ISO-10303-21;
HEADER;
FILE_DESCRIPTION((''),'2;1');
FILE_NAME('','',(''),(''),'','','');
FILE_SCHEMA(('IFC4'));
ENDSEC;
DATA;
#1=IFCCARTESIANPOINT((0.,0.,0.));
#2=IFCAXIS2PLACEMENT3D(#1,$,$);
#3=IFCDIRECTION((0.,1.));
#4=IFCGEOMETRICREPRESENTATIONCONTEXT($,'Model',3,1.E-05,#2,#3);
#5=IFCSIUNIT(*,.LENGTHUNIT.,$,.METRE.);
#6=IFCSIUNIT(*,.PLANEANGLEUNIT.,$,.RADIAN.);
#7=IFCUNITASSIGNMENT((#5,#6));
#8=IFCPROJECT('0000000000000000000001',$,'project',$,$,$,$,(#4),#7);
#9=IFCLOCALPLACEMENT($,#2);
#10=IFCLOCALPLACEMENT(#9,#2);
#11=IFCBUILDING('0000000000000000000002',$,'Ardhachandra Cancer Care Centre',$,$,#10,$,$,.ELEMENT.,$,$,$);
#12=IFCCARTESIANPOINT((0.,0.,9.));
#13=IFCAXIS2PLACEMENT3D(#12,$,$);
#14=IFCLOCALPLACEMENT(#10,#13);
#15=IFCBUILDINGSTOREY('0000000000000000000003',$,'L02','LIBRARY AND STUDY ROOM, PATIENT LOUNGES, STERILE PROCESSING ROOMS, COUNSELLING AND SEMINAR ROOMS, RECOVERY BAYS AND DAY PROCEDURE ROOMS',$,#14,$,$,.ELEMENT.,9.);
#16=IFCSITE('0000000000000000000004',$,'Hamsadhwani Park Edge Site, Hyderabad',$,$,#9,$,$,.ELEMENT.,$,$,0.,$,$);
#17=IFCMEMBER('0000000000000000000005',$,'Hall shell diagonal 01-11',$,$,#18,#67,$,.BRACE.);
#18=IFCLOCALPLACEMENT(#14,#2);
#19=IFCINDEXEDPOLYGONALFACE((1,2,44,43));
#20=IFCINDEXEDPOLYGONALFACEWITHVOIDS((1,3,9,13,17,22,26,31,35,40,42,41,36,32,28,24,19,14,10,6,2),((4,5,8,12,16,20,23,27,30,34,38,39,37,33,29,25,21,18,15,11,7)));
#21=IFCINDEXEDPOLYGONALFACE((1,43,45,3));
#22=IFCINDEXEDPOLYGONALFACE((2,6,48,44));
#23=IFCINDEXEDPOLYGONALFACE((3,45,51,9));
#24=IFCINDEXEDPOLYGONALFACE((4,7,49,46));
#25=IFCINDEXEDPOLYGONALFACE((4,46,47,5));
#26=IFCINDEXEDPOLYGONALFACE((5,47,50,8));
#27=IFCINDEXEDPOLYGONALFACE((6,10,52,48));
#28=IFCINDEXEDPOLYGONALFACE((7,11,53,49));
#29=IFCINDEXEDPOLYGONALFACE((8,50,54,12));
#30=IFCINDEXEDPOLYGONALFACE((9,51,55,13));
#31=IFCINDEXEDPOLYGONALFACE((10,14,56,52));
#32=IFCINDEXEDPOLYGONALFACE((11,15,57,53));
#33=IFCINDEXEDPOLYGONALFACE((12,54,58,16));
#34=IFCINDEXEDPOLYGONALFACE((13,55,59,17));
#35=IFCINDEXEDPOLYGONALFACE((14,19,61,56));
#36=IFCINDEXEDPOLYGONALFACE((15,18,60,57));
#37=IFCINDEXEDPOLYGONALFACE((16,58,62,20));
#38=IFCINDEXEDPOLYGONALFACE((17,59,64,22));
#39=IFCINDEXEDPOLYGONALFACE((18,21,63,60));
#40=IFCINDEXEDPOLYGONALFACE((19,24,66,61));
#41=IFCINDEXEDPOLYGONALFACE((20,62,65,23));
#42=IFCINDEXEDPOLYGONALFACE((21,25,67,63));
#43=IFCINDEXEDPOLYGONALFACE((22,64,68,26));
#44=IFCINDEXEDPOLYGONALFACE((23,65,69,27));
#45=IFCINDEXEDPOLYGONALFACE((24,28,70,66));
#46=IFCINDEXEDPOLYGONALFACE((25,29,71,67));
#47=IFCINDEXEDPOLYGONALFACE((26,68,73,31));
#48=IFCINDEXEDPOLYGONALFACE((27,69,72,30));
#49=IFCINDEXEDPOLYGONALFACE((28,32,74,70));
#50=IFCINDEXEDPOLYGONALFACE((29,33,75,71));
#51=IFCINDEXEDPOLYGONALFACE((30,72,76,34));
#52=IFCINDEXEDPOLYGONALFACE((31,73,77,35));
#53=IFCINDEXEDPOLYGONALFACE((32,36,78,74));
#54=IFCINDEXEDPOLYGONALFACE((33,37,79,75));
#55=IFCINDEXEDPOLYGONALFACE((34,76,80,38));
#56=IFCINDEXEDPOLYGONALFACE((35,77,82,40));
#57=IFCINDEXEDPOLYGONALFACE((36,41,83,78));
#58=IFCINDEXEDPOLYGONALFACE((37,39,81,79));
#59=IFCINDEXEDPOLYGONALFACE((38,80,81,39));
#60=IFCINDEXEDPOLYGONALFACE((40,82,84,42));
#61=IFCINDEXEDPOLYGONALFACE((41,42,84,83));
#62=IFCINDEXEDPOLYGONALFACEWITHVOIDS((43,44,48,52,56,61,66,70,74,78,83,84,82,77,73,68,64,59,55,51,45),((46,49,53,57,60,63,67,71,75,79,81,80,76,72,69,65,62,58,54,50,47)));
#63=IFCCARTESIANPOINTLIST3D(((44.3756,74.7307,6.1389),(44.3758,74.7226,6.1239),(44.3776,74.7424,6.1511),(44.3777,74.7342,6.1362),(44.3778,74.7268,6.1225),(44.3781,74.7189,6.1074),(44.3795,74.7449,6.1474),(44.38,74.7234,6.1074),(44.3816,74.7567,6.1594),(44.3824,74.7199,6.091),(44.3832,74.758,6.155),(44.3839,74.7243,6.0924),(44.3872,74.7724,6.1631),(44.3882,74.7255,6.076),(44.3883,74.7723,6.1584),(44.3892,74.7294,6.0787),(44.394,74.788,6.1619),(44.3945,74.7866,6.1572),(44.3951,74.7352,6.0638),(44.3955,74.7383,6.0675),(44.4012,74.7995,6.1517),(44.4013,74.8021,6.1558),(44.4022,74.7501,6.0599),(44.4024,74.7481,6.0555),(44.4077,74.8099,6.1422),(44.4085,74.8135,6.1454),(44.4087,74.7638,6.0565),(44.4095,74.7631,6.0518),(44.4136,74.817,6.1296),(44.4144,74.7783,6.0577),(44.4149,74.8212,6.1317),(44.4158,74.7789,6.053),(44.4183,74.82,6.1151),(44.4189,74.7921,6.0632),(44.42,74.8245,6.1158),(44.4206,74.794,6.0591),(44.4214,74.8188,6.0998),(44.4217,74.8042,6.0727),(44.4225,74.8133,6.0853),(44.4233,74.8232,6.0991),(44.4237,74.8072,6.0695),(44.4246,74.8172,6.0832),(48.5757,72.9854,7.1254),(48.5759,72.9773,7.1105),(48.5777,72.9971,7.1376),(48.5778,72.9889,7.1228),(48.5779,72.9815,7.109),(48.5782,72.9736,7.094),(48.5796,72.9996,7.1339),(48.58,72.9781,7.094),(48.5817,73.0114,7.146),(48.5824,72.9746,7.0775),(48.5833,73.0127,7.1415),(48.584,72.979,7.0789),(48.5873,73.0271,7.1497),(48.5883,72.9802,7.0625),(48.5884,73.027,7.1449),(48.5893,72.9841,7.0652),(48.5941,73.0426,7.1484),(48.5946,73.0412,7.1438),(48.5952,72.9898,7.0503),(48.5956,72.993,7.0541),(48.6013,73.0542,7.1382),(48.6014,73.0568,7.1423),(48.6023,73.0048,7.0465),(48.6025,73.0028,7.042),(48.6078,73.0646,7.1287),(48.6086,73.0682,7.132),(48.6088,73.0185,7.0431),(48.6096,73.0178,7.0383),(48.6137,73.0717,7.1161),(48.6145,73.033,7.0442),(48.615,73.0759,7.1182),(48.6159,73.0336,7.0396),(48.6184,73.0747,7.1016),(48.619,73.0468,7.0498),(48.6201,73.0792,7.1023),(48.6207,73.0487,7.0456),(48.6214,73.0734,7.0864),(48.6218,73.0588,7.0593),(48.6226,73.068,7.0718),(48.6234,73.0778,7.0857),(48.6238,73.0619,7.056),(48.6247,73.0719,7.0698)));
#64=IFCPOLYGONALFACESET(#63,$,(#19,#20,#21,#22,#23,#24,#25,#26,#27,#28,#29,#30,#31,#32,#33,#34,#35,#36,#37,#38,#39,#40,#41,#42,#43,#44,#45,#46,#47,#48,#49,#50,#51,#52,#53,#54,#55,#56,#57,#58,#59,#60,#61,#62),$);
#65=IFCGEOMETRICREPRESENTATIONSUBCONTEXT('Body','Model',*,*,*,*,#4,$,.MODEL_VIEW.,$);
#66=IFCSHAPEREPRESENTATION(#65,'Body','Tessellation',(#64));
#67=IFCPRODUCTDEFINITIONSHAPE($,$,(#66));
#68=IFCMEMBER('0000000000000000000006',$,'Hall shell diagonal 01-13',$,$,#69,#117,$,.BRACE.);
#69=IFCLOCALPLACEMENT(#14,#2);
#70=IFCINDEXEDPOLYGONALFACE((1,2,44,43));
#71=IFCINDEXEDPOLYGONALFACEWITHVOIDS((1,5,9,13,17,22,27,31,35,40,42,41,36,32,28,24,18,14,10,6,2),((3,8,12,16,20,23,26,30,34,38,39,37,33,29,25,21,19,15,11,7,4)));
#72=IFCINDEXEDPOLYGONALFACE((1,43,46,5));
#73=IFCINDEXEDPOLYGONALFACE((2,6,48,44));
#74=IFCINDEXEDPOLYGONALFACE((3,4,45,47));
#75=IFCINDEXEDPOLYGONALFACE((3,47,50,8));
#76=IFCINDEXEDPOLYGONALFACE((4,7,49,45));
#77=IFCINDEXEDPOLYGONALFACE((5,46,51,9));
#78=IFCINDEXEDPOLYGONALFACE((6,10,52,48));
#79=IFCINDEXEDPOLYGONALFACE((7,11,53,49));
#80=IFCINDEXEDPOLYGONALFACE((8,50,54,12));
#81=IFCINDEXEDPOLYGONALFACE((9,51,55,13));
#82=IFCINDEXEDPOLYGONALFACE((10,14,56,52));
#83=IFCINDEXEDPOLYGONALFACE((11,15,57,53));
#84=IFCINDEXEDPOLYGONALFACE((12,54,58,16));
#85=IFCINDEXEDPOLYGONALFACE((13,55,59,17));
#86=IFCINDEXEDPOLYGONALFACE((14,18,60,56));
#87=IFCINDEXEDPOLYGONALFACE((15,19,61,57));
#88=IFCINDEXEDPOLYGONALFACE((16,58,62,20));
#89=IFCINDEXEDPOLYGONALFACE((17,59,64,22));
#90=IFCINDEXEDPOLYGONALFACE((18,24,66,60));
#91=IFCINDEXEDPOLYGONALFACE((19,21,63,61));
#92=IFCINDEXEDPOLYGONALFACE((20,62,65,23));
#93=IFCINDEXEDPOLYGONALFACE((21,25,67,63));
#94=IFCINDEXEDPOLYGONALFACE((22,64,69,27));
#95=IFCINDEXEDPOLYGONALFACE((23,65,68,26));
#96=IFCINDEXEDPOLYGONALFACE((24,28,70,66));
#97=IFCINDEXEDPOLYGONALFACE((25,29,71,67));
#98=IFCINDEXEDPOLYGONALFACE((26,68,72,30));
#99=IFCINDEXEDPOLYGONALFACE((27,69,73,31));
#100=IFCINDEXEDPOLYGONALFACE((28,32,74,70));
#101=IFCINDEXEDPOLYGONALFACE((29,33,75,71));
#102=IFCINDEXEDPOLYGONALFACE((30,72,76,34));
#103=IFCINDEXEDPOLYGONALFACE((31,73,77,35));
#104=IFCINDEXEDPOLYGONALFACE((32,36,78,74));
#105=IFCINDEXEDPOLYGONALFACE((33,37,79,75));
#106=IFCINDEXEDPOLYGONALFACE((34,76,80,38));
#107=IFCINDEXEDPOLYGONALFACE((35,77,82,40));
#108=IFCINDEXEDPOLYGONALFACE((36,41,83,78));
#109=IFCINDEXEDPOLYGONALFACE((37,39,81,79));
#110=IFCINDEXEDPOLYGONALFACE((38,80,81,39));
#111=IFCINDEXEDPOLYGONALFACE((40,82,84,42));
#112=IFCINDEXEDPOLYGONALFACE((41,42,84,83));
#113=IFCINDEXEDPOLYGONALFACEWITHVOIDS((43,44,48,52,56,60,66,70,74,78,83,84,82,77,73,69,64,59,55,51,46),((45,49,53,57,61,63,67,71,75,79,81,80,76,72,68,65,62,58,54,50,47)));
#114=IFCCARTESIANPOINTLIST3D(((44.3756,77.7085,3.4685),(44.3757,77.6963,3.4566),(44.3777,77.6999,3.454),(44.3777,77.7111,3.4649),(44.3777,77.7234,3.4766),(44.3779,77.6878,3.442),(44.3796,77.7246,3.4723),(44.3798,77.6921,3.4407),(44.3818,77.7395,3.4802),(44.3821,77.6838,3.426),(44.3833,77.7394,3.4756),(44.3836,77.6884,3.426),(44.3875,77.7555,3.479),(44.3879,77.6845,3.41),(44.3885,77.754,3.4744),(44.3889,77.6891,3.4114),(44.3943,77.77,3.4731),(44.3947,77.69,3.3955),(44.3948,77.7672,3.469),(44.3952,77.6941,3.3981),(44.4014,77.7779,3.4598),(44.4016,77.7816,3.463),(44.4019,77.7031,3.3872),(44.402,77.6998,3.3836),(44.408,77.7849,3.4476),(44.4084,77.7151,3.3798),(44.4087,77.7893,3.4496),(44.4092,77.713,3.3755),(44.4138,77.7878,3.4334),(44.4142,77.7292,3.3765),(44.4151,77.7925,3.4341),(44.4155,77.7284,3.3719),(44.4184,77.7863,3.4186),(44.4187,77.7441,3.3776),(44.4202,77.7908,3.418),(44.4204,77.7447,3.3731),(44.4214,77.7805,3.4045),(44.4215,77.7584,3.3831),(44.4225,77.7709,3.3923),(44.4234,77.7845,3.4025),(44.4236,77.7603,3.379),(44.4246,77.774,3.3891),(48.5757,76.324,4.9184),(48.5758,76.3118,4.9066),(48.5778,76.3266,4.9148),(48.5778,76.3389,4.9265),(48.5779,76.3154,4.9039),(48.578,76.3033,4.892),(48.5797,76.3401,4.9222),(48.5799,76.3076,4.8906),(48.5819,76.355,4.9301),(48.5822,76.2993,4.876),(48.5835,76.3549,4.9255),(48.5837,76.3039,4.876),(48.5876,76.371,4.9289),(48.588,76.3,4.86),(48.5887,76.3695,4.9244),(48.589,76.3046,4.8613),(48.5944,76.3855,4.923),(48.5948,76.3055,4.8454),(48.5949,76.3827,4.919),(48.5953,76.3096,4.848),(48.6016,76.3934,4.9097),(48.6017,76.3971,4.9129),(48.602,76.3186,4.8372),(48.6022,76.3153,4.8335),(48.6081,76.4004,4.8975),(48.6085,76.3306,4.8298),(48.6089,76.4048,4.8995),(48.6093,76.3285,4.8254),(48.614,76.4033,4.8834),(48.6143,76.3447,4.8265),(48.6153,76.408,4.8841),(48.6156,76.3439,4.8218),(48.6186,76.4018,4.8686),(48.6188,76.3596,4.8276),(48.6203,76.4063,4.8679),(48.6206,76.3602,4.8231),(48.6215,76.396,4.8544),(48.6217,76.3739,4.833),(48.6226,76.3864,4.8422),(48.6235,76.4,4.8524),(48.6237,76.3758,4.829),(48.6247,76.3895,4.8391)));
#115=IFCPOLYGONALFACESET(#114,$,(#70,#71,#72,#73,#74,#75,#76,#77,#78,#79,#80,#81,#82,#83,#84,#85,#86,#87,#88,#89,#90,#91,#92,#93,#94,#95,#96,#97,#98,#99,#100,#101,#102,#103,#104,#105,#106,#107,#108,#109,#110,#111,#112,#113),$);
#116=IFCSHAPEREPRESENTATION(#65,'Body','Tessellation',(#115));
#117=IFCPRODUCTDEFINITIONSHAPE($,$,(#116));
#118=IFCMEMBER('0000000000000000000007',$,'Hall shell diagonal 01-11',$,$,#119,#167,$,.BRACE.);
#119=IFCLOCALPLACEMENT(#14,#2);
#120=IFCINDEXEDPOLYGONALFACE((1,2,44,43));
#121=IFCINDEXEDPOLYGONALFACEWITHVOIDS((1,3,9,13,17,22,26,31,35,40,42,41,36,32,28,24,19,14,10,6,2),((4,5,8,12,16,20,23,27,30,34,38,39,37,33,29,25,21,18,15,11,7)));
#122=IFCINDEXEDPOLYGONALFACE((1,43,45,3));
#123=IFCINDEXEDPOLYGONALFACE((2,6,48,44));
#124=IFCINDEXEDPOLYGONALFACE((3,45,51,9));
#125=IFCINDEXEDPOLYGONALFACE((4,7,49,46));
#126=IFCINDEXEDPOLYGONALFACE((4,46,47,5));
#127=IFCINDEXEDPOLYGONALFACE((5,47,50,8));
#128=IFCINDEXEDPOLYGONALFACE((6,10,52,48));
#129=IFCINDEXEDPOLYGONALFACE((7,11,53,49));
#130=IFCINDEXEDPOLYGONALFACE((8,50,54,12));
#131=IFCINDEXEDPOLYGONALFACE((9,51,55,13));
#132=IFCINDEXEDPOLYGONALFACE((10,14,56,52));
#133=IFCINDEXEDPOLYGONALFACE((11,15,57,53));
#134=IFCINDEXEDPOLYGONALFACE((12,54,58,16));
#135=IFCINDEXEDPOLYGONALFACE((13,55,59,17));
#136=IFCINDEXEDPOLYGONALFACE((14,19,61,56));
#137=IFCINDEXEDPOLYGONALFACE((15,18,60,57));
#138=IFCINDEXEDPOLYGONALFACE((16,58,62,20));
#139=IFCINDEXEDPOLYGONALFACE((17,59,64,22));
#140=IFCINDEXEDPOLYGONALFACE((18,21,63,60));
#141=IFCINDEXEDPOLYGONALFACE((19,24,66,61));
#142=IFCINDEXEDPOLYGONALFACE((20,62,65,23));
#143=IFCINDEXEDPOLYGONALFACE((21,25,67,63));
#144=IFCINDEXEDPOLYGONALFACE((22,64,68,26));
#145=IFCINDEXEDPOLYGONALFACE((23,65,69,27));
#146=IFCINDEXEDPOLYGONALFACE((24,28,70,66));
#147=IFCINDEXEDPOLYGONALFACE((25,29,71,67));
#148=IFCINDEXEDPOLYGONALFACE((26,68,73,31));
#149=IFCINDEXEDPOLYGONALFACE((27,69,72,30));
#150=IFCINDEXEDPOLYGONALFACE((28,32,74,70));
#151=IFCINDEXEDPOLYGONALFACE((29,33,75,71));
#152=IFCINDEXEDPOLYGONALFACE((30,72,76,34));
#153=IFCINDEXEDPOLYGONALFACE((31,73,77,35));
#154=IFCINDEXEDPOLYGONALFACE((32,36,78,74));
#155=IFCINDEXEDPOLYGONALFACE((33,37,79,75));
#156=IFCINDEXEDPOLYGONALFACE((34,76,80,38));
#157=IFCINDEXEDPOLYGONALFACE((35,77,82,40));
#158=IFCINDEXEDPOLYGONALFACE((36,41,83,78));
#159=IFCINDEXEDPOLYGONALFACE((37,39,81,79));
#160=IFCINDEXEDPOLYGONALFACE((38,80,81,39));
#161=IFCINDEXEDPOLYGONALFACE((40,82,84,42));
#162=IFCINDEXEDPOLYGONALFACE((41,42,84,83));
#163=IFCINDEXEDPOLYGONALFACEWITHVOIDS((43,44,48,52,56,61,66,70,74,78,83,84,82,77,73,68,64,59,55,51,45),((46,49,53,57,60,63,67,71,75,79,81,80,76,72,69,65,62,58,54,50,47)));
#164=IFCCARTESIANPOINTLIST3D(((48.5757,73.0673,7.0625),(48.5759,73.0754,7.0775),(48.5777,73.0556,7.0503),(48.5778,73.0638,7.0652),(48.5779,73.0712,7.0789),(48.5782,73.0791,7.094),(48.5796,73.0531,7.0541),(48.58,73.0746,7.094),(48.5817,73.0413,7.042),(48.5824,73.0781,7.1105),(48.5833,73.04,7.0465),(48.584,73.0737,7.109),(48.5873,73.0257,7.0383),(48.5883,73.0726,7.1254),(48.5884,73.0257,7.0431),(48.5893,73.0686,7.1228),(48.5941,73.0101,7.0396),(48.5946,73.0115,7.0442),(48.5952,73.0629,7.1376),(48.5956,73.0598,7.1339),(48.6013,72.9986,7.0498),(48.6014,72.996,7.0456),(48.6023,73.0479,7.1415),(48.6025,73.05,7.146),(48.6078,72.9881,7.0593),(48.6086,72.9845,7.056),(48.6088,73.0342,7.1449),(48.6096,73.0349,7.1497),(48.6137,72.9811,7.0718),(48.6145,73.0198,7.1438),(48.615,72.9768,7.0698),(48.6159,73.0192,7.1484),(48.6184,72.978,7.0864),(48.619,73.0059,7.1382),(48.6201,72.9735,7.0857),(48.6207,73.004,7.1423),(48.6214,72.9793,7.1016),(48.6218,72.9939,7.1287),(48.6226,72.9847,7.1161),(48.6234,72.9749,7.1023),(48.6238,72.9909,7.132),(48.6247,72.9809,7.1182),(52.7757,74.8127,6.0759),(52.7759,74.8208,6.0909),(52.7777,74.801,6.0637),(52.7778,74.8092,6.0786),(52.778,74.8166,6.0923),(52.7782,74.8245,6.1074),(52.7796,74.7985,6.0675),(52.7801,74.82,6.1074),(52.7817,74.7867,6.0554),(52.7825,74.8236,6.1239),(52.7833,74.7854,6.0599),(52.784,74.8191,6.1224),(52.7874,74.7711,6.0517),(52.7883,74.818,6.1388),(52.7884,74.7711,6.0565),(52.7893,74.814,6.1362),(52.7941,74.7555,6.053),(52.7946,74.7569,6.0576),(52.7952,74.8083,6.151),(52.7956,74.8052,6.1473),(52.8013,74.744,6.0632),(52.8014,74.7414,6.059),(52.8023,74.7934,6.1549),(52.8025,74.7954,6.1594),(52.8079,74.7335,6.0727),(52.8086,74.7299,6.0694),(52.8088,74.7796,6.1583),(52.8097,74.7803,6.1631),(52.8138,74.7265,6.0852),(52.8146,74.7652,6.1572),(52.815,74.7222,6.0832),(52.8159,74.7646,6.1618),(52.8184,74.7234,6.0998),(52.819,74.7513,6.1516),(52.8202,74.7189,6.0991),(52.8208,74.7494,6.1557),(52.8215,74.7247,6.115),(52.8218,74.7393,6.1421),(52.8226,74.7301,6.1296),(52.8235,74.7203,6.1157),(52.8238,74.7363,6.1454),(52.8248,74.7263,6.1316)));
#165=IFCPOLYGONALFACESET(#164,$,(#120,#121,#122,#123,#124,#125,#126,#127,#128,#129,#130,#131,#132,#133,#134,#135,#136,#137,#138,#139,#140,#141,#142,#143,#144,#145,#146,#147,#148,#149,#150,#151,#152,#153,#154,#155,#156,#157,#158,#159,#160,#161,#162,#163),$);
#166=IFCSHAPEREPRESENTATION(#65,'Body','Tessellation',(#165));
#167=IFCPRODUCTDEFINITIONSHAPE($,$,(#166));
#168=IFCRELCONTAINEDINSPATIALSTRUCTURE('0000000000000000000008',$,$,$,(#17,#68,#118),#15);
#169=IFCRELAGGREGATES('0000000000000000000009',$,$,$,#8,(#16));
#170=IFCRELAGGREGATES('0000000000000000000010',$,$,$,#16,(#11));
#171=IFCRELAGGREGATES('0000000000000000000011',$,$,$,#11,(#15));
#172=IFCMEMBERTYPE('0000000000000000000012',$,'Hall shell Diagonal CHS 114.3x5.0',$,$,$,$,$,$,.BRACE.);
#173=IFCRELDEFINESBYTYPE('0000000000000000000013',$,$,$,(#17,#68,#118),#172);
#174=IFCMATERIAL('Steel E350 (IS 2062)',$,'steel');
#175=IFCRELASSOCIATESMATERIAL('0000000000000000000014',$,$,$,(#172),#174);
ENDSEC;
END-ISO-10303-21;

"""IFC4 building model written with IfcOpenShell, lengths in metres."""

from ifc_helpers import new_model, si_unit, direction, frame, origin, origin_2d, place, context, subcontext, project, spatial, hollow_circle, extrude, material, material_profile, profile_set, type_object, element, save


model = new_model("IFC4")

# Units and contexts
model_context = context("Model", 3, precision=1e-05, world=origin(), true_north=direction((0.0, 1.0)))
body_context = subcontext(model_context, "Body", "Model", "MODEL_VIEW")
ifc_project = project(units=[si_unit("LENGTHUNIT", "METRE"), si_unit("PLANEANGLEUNIT", "RADIAN")], contexts=[model_context])

# Site, building, storey
site_placement = place(None, origin())
site = spatial("IfcSite", under=ifc_project, at=site_placement, Name="Hamsadhwani Park Edge Site, Hyderabad", CompositionType="ELEMENT", RefElevation=0.0)
building_placement = place(site_placement, origin())
building = spatial("IfcBuilding", under=site, at=building_placement, Name="Ardhachandra Cancer Care Centre", CompositionType="ELEMENT")
storey_placement = place(building_placement, frame((0.0, 0.0, 9.0)))
storey = spatial("IfcBuildingStorey", under=building, at=storey_placement, Name="L02", Description="LIBRARY AND STUDY ROOM, PATIENT LOUNGES, STERILE PROCESSING ROOMS, COUNSELLING AND SEMINAR ROOMS, RECOVERY BAYS AND DAY PROCEDURE ROOMS", CompositionType="ELEMENT", Elevation=9.0)

# Members
ifc_material_1 = material(Name="Steel E350 (IS 2062)", Category="steel")
ifc_material_profile_1 = material_profile(ifc_material_1, hollow_circle(Radius=0.0571, WallThickness=0.0049, at=origin_2d()), Name="CHS 114.3x5.0")
ifc_profile_set_1 = profile_set([ifc_material_profile_1], Name="Steel E350 (IS 2062)")
member_type_1 = type_object("IfcMemberType", Name="Hall shell Diagonal CHS 114.3x5.0", PredefinedType="BRACE", material=ifc_profile_set_1)
for number, where, z_axis, x_axis, name in (
    (1, (48.6001, 73.0264, 7.094), (-0.902459, 0.375011, -0.211976), (-0.383731, -0.923445, 0.0), "Hall shell diagonal 01-11"),
    (2, (48.6001, 76.3535, 4.876), (-0.902467, 0.297483, -0.311541), (-0.313063, -0.949732, 0.0), "Hall shell diagonal 01-13"),
    (3, (48.6001, 73.0264, 7.094), (0.90245, 0.375028, -0.211986), (-0.38375, 0.923437, 0.0), "Hall shell diagonal 01-11"),
):
    element("IfcMember", number, at=place(storey_placement, frame(where, z_axis=z_axis, x_axis=x_axis)), inside=storey, type_object=member_type_1, Name=name, PredefinedType="BRACE", context=body_context, shape_type="SweptSolid", body=[
        extrude(hollow_circle(Radius=0.0571, WallThickness=0.0049, at=origin_2d()), origin(), (0.0, 0.0, 1.0), 4.6541),
    ])

save(model, "model.ifc")
